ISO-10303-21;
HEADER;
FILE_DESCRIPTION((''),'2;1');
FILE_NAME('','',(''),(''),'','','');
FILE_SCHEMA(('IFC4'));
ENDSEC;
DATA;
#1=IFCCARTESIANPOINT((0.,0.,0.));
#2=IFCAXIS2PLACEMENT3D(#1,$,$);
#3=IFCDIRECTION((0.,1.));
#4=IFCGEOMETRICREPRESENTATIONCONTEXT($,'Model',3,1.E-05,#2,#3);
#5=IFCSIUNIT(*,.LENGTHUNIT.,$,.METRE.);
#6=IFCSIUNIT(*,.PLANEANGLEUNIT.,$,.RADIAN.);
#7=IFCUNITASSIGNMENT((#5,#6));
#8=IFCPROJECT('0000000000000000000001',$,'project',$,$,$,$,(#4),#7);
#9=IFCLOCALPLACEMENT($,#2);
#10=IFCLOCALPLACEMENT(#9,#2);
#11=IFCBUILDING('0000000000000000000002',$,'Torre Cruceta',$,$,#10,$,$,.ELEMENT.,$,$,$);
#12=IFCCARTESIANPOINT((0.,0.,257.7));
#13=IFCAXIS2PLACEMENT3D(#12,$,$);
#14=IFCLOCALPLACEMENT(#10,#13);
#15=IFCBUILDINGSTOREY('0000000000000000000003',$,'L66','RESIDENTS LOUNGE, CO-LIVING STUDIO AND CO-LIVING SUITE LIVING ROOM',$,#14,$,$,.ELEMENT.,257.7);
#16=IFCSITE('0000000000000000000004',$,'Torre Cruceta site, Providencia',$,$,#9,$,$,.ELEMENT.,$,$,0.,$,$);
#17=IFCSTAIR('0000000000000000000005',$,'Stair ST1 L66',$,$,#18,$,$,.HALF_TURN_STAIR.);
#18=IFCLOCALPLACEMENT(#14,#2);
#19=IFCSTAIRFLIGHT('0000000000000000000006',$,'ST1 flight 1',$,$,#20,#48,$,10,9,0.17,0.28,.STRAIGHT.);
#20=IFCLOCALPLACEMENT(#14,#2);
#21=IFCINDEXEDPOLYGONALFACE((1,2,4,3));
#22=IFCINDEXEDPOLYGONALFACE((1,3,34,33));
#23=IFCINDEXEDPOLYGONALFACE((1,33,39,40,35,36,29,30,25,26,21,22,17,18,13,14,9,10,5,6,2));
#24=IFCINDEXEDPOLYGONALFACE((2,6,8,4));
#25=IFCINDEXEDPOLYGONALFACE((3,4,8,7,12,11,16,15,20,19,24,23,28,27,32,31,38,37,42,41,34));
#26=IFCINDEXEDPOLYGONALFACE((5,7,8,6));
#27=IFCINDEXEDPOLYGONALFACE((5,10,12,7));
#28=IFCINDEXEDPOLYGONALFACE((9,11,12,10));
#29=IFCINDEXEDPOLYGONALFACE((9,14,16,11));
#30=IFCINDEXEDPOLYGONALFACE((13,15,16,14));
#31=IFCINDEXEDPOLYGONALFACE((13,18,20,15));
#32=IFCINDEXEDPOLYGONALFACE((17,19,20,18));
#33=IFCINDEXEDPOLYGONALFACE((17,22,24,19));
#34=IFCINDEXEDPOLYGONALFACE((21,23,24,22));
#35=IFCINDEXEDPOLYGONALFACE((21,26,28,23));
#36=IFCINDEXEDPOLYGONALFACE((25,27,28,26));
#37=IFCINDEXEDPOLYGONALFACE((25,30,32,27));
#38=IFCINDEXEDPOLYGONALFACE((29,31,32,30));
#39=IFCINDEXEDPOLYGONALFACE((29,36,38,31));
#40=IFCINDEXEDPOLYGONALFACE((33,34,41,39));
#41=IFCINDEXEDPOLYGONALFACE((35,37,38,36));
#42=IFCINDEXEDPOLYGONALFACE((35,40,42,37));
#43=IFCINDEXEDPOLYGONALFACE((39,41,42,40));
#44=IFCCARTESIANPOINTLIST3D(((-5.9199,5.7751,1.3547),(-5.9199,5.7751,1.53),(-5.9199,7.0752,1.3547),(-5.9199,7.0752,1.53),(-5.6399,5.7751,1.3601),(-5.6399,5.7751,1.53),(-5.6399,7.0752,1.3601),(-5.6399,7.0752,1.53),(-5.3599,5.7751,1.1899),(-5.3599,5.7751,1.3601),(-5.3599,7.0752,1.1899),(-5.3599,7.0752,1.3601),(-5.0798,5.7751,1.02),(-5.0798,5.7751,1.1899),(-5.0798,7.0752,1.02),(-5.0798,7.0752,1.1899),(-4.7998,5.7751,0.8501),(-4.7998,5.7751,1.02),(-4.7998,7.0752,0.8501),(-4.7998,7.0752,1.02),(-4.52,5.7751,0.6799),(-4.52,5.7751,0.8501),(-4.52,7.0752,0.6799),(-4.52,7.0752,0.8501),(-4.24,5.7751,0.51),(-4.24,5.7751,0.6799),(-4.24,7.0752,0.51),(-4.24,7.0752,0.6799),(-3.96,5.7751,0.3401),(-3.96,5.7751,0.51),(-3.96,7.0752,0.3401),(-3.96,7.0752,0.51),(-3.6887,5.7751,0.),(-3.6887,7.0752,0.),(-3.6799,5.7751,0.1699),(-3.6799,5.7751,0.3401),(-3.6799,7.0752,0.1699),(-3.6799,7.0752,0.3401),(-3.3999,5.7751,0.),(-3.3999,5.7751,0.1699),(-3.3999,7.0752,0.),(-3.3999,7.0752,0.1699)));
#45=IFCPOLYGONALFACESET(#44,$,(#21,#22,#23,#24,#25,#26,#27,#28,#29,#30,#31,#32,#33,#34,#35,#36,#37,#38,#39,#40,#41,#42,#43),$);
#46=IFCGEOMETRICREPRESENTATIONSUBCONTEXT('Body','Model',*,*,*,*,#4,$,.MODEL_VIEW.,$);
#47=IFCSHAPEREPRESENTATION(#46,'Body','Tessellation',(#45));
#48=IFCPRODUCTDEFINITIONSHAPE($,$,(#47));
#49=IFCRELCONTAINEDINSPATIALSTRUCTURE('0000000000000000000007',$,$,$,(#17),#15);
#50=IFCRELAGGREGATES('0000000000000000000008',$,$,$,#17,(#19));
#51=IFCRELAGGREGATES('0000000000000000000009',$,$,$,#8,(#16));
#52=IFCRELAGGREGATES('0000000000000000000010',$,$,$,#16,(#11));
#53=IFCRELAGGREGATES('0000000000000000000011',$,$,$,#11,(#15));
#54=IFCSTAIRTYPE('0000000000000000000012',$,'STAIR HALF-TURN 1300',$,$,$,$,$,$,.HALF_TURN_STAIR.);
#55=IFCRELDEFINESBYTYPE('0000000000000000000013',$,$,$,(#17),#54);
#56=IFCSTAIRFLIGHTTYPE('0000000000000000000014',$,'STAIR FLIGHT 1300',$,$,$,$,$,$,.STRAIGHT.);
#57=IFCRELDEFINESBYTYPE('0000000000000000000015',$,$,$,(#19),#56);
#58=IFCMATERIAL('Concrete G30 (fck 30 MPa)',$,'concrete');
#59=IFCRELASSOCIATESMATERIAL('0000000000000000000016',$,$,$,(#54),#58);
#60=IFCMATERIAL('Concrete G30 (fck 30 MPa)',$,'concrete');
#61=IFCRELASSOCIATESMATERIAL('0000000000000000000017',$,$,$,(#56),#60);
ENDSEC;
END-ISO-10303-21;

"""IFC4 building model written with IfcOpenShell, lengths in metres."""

from ifc_helpers import new_model, si_unit, direction, frame, origin, place, context, subcontext, project, spatial, polyline, outline, extrude, material, type_object, element, aggregate, save


model = new_model("IFC4")

# Units and contexts
model_context = context("Model", 3, precision=1e-05, world=origin(), true_north=direction((0.0, 1.0)))
body_context = subcontext(model_context, "Body", "Model", "MODEL_VIEW")
ifc_project = project(units=[si_unit("LENGTHUNIT", "METRE"), si_unit("PLANEANGLEUNIT", "RADIAN")], contexts=[model_context])

# Site, building, storey
site_placement = place(None, origin())
site = spatial("IfcSite", under=ifc_project, at=site_placement, Name="Torre Cruceta site, Providencia", CompositionType="ELEMENT", RefElevation=0.0)
building_placement = place(site_placement, origin())
building = spatial("IfcBuilding", under=site, at=building_placement, Name="Torre Cruceta", CompositionType="ELEMENT")
storey_placement = place(building_placement, frame((0.0, 0.0, 257.7)))
storey = spatial("IfcBuildingStorey", under=building, at=storey_placement, Name="L66", Description="RESIDENTS LOUNGE, CO-LIVING STUDIO AND CO-LIVING SUITE LIVING ROOM", CompositionType="ELEMENT", Elevation=257.7)

# Stair, stair flight
ifc_material_1 = material(Name="Concrete G30 (fck 30 MPa)", Category="concrete")
stair_type = type_object("IfcStairType", Name="STAIR HALF-TURN 1300", PredefinedType="HALF_TURN_STAIR", material=ifc_material_1)
stair_placement = place(storey_placement, origin())
stair = element("IfcStair", 1, at=stair_placement, inside=storey, type_object=stair_type, Name="Stair ST1 L66", PredefinedType="HALF_TURN_STAIR")
ifc_material_2 = material(Name="Concrete G30 (fck 30 MPa)", Category="concrete")
stair_flight_type = type_object("IfcStairFlightType", Name="STAIR FLIGHT 1300", PredefinedType="STRAIGHT", material=ifc_material_2)
stair_flight_placement = place(storey_placement, frame((-3.3999, 6.425, 0.0), z_axis=(0.0, 0.0, 1.0), x_axis=(-1.0, 0.0, 0.0)))
stair_flight = element("IfcStairFlight", 2, at=stair_flight_placement, type_object=stair_flight_type, Name="ST1 flight 1", NumberOfRisers=10, NumberOfTreads=9, PredefinedType="STRAIGHT", RiserHeight=0.17, TreadLength=0.28, context=body_context, shape_type="SweptSolid", body=[
    extrude(outline(polyline([(0.0, 0.0), (0.0, 0.1699), (0.28, 0.1699), (0.28, 0.3401), (0.5601, 0.3401), (0.5601, 0.51), (0.8401, 0.51), (0.8401, 0.6799), (1.1201, 0.6799), (1.1201, 0.8501), (1.3999, 0.8501), (1.3999, 1.02), (1.6799, 1.02), (1.6799, 1.1899), (1.96, 1.1899), (1.96, 1.3601), (2.24, 1.3601), (2.24, 1.53), (2.52, 1.53), (2.52, 1.7), (2.52, 1.3547), (0.2888, 0.0), (0.0, 0.0)])), frame((0.0, 0.6499, 0.0), z_axis=(0.0, -1.0, 0.0), x_axis=(1.0, 0.0, 0.0)), (0.0, 0.0, 1.0), 1.3),
])
aggregate(stair, [stair_flight])

save(model, "model.ifc")
